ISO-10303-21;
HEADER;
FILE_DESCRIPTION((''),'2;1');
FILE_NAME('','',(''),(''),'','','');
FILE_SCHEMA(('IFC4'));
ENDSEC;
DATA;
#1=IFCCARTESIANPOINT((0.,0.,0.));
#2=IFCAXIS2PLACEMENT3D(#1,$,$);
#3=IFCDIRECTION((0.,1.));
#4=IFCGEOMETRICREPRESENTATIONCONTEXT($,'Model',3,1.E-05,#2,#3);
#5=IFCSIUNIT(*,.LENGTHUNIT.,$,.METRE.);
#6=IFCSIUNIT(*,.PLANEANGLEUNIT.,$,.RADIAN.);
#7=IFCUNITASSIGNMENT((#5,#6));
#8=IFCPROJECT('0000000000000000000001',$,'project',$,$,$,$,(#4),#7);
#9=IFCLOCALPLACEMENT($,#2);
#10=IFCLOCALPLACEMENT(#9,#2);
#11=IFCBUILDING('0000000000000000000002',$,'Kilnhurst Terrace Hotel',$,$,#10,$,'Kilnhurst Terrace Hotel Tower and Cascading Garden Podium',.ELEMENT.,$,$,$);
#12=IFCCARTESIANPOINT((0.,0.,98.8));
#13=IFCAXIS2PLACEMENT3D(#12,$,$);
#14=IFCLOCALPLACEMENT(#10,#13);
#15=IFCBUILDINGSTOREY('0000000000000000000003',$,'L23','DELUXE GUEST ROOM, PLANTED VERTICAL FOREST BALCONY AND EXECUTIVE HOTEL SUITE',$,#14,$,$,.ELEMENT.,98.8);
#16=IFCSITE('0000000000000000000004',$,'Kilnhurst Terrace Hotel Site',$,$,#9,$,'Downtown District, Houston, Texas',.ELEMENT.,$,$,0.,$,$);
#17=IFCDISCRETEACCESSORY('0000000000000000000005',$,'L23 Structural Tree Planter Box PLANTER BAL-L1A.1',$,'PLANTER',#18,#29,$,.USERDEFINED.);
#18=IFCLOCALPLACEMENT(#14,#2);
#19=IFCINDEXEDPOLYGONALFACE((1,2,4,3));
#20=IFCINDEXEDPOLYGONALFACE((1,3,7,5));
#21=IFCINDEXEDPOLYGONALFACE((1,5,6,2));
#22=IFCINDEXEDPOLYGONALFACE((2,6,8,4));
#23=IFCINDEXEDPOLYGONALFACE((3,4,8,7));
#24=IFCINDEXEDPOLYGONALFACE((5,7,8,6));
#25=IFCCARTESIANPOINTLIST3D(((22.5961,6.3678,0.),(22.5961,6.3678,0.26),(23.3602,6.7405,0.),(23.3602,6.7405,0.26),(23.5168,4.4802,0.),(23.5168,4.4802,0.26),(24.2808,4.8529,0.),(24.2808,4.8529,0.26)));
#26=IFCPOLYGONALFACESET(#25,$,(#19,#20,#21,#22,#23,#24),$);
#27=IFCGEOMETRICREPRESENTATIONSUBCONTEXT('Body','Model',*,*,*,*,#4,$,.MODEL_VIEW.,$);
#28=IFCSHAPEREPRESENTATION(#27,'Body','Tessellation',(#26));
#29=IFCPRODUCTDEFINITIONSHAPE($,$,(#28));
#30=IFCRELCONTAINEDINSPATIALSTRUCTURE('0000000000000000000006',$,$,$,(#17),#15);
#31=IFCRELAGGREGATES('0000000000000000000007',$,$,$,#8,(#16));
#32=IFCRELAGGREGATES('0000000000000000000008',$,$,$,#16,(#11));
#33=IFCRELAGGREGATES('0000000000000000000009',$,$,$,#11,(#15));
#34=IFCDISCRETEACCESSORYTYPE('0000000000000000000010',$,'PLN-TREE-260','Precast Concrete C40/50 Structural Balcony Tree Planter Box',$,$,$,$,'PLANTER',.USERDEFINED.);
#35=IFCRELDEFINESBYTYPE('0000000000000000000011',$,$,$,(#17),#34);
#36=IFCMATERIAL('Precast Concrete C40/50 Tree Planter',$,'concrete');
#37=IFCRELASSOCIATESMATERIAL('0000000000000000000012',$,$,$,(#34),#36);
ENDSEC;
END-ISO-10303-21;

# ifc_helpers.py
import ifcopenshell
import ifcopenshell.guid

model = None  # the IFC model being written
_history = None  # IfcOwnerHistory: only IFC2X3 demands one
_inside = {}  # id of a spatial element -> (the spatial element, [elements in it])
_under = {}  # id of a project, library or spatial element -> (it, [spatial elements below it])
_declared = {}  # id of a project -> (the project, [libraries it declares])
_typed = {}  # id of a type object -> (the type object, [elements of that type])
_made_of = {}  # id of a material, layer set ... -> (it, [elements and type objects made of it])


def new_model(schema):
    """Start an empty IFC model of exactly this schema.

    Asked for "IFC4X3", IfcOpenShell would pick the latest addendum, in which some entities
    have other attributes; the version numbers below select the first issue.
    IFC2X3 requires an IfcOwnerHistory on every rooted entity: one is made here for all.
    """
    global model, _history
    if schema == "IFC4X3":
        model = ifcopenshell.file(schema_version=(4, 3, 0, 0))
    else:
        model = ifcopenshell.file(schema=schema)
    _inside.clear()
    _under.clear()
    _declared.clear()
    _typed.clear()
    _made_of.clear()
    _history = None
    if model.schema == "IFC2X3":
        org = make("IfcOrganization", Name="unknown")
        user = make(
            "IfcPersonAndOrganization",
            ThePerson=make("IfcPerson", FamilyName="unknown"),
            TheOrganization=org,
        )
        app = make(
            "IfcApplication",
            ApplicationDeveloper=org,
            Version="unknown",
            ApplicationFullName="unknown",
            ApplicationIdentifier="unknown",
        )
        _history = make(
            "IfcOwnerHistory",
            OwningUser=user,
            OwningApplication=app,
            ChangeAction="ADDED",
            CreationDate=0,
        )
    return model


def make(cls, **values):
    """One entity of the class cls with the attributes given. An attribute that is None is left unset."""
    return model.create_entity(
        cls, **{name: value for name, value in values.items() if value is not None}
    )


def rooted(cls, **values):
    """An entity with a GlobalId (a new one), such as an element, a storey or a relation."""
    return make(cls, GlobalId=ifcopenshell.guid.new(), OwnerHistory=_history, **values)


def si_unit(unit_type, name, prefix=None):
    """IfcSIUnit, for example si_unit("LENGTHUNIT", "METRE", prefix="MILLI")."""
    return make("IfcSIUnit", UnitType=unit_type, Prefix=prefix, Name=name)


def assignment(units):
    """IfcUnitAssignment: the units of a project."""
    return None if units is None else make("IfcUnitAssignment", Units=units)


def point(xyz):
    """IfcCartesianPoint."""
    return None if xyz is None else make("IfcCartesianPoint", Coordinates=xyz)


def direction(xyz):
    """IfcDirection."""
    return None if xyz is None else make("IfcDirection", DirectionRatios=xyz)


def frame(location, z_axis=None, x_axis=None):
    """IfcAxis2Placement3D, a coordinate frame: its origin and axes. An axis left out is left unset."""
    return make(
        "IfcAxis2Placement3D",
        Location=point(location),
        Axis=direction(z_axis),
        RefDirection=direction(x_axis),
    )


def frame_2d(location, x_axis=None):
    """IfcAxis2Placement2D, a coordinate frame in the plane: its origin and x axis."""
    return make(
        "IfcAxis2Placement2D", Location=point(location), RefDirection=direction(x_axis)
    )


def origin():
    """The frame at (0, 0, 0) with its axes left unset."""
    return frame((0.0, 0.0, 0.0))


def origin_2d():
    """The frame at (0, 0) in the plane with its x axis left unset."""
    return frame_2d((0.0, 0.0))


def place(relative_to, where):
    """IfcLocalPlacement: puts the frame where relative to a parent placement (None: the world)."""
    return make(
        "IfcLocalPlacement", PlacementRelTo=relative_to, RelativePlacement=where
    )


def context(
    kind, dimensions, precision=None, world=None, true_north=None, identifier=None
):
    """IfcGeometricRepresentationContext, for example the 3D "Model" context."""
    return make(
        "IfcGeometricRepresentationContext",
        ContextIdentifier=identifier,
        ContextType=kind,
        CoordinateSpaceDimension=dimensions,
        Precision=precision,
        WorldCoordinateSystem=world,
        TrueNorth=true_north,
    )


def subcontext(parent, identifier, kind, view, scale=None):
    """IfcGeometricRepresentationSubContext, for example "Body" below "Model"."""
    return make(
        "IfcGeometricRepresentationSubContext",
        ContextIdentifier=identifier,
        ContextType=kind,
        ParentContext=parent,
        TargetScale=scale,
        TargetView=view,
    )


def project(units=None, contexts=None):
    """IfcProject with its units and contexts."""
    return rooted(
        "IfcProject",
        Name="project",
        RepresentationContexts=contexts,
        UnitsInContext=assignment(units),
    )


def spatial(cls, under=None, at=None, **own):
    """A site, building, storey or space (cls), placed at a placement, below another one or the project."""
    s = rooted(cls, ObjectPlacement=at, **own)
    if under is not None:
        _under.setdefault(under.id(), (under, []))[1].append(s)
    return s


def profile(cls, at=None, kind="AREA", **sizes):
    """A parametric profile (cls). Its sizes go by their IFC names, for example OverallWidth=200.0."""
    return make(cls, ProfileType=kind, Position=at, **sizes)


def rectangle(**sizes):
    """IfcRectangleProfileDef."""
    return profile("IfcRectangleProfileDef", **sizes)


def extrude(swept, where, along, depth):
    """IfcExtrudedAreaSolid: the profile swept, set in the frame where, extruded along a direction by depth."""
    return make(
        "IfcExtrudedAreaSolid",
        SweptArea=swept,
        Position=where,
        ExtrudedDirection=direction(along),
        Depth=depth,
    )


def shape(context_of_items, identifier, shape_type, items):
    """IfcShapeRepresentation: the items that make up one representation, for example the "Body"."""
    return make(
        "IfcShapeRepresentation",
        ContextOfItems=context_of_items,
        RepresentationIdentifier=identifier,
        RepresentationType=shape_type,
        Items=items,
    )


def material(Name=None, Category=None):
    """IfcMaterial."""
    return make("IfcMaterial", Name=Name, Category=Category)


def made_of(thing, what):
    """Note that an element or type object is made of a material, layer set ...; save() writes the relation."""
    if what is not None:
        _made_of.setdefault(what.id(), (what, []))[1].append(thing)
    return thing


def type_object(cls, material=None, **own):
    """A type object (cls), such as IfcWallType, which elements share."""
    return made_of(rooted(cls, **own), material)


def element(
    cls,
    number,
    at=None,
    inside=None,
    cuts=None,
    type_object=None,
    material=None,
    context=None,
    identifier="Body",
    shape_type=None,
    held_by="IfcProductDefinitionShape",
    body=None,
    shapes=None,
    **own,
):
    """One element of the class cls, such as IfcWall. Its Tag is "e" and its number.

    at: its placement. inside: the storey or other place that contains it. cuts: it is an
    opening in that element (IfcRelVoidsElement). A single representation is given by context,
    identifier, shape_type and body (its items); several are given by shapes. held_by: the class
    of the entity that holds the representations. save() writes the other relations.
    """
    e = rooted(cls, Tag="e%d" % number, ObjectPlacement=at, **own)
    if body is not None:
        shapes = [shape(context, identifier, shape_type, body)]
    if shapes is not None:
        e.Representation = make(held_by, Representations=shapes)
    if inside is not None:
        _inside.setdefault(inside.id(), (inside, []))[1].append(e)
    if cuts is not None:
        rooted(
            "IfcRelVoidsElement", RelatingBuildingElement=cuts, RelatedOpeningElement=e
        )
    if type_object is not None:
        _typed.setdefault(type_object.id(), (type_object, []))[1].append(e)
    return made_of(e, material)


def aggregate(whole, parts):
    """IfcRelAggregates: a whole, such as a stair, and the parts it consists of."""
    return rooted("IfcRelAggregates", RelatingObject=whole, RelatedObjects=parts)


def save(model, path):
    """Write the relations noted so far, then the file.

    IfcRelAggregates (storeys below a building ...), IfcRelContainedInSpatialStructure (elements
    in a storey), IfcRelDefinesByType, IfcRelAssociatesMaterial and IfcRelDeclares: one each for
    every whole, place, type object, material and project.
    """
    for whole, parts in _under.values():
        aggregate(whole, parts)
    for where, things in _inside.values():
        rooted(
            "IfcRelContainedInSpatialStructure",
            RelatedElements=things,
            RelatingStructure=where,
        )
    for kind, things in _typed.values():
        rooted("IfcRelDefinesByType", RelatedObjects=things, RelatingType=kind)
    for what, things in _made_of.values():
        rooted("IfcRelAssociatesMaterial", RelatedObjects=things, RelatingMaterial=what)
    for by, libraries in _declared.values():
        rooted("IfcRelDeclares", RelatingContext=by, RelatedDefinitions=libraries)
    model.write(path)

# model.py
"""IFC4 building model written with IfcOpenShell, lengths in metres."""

from ifc_helpers import new_model, si_unit, direction, frame, origin, origin_2d, place, context, subcontext, project, spatial, rectangle, extrude, material, type_object, element, save


model = new_model("IFC4")

# Units and contexts
model_context = context("Model", 3, precision=1e-05, world=origin(), true_north=direction((0.0, 1.0)))
body_context = subcontext(model_context, "Body", "Model", "MODEL_VIEW")
ifc_project = project(units=[si_unit("LENGTHUNIT", "METRE"), si_unit("PLANEANGLEUNIT", "RADIAN")], contexts=[model_context])

# Site, building, storey
site_placement = place(None, origin())
site = spatial("IfcSite", under=ifc_project, at=site_placement, Name="Kilnhurst Terrace Hotel Site", LongName="Downtown District, Houston, Texas", CompositionType="ELEMENT", RefElevation=0.0)
building_placement = place(site_placement, origin())
building = spatial("IfcBuilding", under=site, at=building_placement, Name="Kilnhurst Terrace Hotel", LongName="Kilnhurst Terrace Hotel Tower and Cascading Garden Podium", CompositionType="ELEMENT")
storey_placement = place(building_placement, frame((0.0, 0.0, 98.8)))
storey = spatial("IfcBuildingStorey", under=building, at=storey_placement, Name="L23", Description="DELUXE GUEST ROOM, PLANTED VERTICAL FOREST BALCONY AND EXECUTIVE HOTEL SUITE", CompositionType="ELEMENT", Elevation=98.8)

# Discrete accessory
ifc_material_1 = material(Name="Precast Concrete C40/50 Tree Planter", Category="concrete")
discrete_accessory_type = type_object("IfcDiscreteAccessoryType", Name="PLN-TREE-260", Description="Precast Concrete C40/50 Structural Balcony Tree Planter Box", ElementType="PLANTER", PredefinedType="USERDEFINED", material=ifc_material_1)
discrete_accessory_placement = place(storey_placement, frame((23.4385, 5.6104, 0.0), z_axis=(0.0, 0.0, 1.0), x_axis=(-0.438387, 0.898786, 0.0)))
element("IfcDiscreteAccessory", 1, at=discrete_accessory_placement, inside=storey, type_object=discrete_accessory_type, Name="L23 Structural Tree Planter Box PLANTER BAL-L1A.1", ObjectType="PLANTER", PredefinedType="USERDEFINED", context=body_context, shape_type="SweptSolid", body=[
    extrude(rectangle(XDim=2.1001, YDim=0.8501, at=origin_2d()), origin(), (0.0, 0.0, 1.0), 0.26),
])

save(model, "model.ifc")
